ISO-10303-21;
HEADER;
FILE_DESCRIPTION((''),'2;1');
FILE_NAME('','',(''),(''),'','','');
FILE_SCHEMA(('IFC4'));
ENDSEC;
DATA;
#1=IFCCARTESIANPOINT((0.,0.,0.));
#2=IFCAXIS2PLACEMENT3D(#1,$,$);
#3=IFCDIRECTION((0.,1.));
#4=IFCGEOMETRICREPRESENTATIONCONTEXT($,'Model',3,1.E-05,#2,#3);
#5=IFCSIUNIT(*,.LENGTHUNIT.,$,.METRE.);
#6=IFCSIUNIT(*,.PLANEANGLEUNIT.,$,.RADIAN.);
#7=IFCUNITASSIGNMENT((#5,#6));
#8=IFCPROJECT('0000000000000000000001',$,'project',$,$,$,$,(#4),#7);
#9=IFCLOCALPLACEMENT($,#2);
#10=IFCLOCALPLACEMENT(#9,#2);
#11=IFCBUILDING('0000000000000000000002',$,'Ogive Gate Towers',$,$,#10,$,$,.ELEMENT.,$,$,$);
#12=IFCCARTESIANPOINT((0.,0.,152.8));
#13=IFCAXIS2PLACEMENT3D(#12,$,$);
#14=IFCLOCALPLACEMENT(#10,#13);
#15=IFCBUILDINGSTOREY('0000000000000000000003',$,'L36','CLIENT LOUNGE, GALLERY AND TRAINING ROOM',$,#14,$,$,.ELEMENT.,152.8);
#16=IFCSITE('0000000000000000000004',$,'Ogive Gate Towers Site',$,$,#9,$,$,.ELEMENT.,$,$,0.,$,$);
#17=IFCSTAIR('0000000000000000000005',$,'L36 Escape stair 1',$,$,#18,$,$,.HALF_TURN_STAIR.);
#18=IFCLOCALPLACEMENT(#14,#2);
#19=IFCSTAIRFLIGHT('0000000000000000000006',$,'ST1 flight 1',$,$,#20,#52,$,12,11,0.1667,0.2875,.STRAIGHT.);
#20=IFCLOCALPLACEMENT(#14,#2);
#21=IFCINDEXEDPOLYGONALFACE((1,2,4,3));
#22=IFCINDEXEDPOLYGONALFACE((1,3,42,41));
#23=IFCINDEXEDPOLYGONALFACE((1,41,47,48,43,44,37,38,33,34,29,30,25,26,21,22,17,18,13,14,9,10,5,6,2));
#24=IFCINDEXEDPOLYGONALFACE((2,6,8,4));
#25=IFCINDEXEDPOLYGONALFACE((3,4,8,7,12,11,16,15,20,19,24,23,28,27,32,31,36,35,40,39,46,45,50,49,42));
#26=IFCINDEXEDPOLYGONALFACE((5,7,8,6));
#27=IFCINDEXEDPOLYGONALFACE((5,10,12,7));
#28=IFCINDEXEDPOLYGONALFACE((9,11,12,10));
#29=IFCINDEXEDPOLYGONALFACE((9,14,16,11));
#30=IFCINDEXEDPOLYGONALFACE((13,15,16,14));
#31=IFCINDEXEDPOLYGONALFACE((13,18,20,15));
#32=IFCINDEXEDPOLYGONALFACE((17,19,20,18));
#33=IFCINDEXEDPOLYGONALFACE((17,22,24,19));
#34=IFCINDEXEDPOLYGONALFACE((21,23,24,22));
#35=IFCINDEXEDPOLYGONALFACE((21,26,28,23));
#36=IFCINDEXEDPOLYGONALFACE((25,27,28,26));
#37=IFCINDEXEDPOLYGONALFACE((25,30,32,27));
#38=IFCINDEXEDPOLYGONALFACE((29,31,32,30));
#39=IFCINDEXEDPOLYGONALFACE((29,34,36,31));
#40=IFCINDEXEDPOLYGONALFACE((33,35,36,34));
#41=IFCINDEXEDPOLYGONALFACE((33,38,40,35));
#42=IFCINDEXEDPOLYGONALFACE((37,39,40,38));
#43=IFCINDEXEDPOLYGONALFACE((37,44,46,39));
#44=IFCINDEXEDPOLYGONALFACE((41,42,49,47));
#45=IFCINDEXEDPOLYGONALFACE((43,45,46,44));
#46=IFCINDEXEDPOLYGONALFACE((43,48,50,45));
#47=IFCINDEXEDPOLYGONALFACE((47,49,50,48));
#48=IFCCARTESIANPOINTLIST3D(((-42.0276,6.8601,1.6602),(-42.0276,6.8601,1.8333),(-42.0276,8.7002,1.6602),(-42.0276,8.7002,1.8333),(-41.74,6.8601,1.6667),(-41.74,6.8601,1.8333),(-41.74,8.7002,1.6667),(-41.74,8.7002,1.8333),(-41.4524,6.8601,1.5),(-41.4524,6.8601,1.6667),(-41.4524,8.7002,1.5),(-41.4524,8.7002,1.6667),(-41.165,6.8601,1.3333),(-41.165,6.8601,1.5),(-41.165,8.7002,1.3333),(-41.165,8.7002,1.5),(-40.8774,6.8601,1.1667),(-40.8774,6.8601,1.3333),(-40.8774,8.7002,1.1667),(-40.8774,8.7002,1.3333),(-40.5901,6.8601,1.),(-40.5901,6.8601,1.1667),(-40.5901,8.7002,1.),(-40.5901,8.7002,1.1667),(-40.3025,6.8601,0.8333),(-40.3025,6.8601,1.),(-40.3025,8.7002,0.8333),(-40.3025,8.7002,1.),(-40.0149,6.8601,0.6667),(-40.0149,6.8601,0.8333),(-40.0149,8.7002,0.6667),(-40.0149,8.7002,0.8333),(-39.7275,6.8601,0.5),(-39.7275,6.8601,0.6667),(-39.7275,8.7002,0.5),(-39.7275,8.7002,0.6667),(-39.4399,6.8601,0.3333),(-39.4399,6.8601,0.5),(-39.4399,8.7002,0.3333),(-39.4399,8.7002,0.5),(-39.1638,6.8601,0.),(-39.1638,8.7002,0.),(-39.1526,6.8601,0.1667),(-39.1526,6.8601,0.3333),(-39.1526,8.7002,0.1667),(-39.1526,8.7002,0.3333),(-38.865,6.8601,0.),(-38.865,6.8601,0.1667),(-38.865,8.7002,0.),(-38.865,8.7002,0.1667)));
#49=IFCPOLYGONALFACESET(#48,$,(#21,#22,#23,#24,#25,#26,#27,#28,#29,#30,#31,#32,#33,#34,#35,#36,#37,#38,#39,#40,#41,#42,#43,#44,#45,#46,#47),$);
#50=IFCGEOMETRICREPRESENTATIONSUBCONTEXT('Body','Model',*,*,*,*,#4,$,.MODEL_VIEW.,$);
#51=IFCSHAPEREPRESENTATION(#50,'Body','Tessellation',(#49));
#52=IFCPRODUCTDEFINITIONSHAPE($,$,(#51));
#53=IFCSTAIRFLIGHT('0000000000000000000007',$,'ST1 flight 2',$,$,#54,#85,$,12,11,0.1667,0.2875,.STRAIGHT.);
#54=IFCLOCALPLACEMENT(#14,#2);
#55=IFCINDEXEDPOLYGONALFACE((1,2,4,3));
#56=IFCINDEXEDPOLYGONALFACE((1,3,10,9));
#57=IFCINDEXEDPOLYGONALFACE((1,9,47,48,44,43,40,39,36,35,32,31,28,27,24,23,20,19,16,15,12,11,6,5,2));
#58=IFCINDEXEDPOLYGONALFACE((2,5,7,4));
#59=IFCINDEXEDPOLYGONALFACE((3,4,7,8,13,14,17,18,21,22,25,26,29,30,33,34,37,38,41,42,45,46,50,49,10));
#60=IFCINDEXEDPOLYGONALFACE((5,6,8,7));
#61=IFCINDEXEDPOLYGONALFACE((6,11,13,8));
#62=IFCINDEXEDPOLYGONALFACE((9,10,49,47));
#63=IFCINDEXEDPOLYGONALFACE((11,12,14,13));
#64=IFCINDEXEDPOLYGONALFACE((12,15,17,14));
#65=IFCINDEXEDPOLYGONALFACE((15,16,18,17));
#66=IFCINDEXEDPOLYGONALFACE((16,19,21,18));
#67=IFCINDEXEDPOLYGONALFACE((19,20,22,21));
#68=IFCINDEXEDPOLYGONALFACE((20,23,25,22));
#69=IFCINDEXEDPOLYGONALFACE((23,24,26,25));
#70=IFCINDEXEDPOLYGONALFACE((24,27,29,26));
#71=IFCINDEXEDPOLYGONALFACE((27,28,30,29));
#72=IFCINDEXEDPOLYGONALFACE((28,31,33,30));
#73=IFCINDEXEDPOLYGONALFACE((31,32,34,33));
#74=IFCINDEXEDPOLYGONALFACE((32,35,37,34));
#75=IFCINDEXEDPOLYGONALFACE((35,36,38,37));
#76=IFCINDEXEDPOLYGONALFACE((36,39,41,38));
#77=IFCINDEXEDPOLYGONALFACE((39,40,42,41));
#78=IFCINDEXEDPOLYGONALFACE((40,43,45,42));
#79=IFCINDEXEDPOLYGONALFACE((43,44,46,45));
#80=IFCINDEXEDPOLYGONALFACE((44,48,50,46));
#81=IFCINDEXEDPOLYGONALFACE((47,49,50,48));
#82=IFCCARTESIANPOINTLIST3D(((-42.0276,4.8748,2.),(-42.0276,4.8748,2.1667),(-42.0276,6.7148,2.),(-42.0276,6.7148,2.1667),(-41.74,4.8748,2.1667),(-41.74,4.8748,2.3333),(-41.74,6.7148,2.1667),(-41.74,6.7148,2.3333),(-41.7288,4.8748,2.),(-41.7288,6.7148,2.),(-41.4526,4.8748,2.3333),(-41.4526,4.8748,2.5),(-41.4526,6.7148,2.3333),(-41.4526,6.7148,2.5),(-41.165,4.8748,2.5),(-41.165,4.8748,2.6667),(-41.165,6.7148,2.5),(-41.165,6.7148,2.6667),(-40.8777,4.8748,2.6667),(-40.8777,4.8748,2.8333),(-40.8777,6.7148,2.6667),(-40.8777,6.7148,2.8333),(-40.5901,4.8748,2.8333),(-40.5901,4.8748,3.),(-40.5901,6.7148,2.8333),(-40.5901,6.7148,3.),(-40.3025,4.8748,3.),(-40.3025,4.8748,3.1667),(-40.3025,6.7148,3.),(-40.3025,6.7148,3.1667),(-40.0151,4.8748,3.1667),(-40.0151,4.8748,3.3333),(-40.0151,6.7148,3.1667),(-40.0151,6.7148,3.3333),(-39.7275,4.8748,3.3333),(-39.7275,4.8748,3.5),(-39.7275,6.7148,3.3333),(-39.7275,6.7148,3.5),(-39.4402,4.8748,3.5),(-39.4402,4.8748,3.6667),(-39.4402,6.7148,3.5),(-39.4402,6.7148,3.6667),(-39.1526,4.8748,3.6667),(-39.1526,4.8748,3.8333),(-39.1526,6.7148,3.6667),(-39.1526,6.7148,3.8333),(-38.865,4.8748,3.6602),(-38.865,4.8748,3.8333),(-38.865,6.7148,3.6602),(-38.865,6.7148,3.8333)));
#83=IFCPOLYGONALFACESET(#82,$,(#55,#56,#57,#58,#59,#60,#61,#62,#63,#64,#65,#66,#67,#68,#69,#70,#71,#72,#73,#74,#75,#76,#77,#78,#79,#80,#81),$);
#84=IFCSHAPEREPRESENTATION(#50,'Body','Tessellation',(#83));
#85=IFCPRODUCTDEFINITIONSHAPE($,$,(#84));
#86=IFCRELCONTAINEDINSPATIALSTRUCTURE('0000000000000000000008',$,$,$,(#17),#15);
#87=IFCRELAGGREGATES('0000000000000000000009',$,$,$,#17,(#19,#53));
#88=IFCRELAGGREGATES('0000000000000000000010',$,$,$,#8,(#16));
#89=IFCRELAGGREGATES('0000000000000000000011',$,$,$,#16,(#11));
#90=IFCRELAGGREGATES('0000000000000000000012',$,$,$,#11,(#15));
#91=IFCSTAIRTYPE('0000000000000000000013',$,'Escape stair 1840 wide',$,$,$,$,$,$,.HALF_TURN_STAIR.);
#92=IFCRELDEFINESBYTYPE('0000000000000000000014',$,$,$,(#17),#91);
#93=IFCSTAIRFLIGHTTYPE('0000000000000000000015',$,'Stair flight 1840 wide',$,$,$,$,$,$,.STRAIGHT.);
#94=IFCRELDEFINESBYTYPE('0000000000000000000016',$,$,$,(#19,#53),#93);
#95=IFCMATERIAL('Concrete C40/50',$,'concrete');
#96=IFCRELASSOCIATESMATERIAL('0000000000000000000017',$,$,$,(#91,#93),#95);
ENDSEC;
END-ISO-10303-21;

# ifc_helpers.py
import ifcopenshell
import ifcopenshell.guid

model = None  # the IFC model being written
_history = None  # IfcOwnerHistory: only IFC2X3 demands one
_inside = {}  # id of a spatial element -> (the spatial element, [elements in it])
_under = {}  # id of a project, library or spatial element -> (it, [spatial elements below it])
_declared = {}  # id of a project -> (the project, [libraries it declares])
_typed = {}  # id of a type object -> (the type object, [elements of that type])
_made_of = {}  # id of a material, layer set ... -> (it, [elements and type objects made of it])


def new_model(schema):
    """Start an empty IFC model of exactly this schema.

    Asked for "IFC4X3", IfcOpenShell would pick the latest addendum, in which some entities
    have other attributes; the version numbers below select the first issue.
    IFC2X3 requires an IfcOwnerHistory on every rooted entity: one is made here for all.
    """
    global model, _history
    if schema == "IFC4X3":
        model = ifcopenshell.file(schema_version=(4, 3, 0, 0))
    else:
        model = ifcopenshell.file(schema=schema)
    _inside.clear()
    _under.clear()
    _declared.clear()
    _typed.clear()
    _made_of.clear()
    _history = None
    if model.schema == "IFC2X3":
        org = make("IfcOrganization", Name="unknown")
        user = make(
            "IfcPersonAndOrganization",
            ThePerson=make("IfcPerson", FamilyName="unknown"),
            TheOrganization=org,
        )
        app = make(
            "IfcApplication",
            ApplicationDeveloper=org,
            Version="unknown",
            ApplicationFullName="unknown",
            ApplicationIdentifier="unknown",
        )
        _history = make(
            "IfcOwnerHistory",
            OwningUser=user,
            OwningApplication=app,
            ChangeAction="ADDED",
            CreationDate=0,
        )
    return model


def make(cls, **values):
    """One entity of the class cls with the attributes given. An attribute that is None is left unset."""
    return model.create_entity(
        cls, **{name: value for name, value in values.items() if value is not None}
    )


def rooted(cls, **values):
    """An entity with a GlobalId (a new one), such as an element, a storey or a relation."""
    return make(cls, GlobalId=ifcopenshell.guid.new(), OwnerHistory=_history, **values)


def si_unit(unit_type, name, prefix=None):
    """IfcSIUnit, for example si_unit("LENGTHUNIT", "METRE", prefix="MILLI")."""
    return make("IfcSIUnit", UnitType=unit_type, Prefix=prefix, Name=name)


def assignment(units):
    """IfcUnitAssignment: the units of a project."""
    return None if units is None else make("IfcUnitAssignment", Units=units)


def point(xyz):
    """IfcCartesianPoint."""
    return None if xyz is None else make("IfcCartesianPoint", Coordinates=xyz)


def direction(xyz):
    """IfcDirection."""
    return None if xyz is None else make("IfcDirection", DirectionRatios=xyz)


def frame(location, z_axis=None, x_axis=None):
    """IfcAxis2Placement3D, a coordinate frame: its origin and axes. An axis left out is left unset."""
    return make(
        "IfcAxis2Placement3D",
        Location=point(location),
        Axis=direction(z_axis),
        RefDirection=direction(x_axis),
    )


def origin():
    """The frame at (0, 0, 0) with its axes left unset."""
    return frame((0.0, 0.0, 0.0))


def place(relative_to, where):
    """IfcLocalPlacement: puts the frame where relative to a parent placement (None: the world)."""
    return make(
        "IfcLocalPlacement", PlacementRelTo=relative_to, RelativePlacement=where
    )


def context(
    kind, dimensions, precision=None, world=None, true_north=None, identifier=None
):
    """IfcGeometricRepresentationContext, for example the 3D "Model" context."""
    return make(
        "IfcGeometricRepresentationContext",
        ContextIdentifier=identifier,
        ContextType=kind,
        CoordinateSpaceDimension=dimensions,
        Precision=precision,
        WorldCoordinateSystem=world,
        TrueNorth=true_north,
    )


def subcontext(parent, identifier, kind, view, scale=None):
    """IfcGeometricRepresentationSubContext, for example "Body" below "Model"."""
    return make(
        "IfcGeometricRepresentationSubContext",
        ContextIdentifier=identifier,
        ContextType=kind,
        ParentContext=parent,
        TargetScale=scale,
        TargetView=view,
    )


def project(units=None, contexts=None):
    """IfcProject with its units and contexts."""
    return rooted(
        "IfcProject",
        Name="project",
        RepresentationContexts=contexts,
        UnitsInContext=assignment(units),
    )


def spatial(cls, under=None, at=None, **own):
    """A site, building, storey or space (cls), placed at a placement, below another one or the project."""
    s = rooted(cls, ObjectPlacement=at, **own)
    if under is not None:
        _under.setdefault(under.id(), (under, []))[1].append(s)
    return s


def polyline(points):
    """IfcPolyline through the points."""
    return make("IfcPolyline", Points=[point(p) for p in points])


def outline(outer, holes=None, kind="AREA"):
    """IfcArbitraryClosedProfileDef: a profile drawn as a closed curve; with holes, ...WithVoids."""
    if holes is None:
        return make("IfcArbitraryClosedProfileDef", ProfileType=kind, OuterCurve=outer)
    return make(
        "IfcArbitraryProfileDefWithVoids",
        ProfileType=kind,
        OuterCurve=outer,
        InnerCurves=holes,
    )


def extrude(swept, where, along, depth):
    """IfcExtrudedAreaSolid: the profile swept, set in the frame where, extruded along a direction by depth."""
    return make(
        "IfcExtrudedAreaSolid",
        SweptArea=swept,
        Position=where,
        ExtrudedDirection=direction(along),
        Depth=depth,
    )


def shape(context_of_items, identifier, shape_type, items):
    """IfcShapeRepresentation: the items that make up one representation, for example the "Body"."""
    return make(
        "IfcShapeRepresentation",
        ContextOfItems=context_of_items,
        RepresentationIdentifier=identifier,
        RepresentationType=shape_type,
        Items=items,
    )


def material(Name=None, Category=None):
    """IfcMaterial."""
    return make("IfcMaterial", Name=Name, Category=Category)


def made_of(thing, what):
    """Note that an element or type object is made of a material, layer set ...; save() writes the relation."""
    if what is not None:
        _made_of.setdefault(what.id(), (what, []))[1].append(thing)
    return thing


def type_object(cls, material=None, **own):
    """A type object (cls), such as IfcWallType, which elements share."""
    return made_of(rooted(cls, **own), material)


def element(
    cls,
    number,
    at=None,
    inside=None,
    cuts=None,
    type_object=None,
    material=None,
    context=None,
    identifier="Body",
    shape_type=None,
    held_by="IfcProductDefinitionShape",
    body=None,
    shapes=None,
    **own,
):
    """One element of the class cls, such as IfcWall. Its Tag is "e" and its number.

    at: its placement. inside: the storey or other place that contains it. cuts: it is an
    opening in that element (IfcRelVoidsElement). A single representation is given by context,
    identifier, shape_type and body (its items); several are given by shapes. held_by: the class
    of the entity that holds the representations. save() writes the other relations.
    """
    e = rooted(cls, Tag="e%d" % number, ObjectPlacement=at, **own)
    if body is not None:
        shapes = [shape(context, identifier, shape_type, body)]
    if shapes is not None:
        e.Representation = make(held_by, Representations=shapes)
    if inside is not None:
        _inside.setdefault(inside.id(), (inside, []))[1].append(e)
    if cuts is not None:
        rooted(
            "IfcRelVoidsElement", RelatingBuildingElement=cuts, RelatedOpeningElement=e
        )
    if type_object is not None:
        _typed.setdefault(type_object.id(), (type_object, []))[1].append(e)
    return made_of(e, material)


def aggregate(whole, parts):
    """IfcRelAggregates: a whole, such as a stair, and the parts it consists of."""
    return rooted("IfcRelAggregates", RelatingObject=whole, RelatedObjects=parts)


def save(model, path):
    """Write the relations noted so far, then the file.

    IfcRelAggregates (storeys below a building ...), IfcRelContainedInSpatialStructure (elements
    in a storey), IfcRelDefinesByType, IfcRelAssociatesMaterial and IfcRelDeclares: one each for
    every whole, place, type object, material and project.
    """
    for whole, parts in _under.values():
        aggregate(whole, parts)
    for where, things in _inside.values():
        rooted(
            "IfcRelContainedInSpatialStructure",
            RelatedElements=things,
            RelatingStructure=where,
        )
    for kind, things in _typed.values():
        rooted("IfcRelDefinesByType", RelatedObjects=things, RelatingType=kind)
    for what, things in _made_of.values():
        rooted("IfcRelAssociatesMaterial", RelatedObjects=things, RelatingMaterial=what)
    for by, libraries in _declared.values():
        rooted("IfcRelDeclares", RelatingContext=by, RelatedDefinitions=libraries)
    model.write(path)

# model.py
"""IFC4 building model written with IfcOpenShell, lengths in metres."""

from ifc_helpers import new_model, si_unit, direction, frame, origin, place, context, subcontext, project, spatial, polyline, outline, extrude, material, type_object, element, aggregate, save


model = new_model("IFC4")

# Units and contexts
model_context = context("Model", 3, precision=1e-05, world=origin(), true_north=direction((0.0, 1.0)))
body_context = subcontext(model_context, "Body", "Model", "MODEL_VIEW")
ifc_project = project(units=[si_unit("LENGTHUNIT", "METRE"), si_unit("PLANEANGLEUNIT", "RADIAN")], contexts=[model_context])

# Site, building, storey
site_placement = place(None, origin())
site = spatial("IfcSite", under=ifc_project, at=site_placement, Name="Ogive Gate Towers Site", CompositionType="ELEMENT", RefElevation=0.0)
building_placement = place(site_placement, origin())
building = spatial("IfcBuilding", under=site, at=building_placement, Name="Ogive Gate Towers", CompositionType="ELEMENT")
storey_placement = place(building_placement, frame((0.0, 0.0, 152.8)))
storey = spatial("IfcBuildingStorey", under=building, at=storey_placement, Name="L36", Description="CLIENT LOUNGE, GALLERY AND TRAINING ROOM", CompositionType="ELEMENT", Elevation=152.8)

# Stair, stair flights
ifc_material_1 = material(Name="Concrete C40/50", Category="concrete")
stair_type = type_object("IfcStairType", Name="Escape stair 1840 wide", PredefinedType="HALF_TURN_STAIR", material=ifc_material_1)
stair_placement = place(storey_placement, origin())
stair = element("IfcStair", 1, at=stair_placement, inside=storey, type_object=stair_type, Name="L36 Escape stair 1", PredefinedType="HALF_TURN_STAIR")
stair_flight_type = type_object("IfcStairFlightType", Name="Stair flight 1840 wide", PredefinedType="STRAIGHT", material=ifc_material_1)
stair_flight_1_placement = place(storey_placement, frame((-38.865, 7.78, 0.0), z_axis=(0.0, 0.0, 1.0), x_axis=(-1.0, 0.0, 0.0)))
stair_flight_1 = element("IfcStairFlight", 2, at=stair_flight_1_placement, type_object=stair_flight_type, Name="ST1 flight 1", NumberOfRisers=12, NumberOfTreads=11, PredefinedType="STRAIGHT", RiserHeight=0.1667, TreadLength=0.2875, context=body_context, shape_type="SweptSolid", body=[
    extrude(outline(polyline([(0.0, 0.0), (0.0, 0.1667), (0.2876, 0.1667), (0.2876, 0.3333), (0.575, 0.3333), (0.575, 0.5), (0.8625, 0.5), (0.8625, 0.6667), (1.1499, 0.6667), (1.1499, 0.8333), (1.4375, 0.8333), (1.4375, 1.0), (1.7251, 1.0), (1.7251, 1.1667), (2.0125, 1.1667), (2.0125, 1.3333), (2.3, 1.3333), (2.3, 1.5), (2.5874, 1.5), (2.5874, 1.6667), (2.875, 1.6667), (2.875, 1.8333), (3.1626, 1.8333), (3.1626, 2.0), (3.1626, 1.6602), (0.2988, 0.0), (0.0, 0.0)])), frame((0.0, 0.9199, 0.0), z_axis=(0.0, -1.0, 0.0), x_axis=(1.0, 0.0, 0.0)), (0.0, 0.0, 1.0), 1.8401),
])
stair_flight_2_placement = place(storey_placement, frame((-42.0276, 5.7949, 2.0), z_axis=(0.0, 0.0, 1.0), x_axis=(1.0, 0.0, 0.0)))
stair_flight_2 = element("IfcStairFlight", 3, at=stair_flight_2_placement, type_object=stair_flight_type, Name="ST1 flight 2", NumberOfRisers=12, NumberOfTreads=11, PredefinedType="STRAIGHT", RiserHeight=0.1667, TreadLength=0.2875, context=body_context, shape_type="SweptSolid", body=[
    extrude(outline(polyline([(0.0, 0.0), (0.0, 0.1667), (0.2876, 0.1667), (0.2876, 0.3333), (0.575, 0.3333), (0.575, 0.5), (0.8625, 0.5), (0.8625, 0.6667), (1.1499, 0.6667), (1.1499, 0.8333), (1.4375, 0.8333), (1.4375, 1.0), (1.7251, 1.0), (1.7251, 1.1667), (2.0125, 1.1667), (2.0125, 1.3333), (2.3, 1.3333), (2.3, 1.5), (2.5874, 1.5), (2.5874, 1.6667), (2.875, 1.6667), (2.875, 1.8333), (3.1626, 1.8333), (3.1626, 2.0), (3.1626, 1.6602), (0.2988, 0.0), (0.0, 0.0)])), frame((0.0, 0.9199, 0.0), z_axis=(0.0, -1.0, 0.0), x_axis=(1.0, 0.0, 0.0)), (0.0, 0.0, 1.0), 1.8401),
])
aggregate(stair, [stair_flight_1, stair_flight_2])

save(model, "model.ifc")
